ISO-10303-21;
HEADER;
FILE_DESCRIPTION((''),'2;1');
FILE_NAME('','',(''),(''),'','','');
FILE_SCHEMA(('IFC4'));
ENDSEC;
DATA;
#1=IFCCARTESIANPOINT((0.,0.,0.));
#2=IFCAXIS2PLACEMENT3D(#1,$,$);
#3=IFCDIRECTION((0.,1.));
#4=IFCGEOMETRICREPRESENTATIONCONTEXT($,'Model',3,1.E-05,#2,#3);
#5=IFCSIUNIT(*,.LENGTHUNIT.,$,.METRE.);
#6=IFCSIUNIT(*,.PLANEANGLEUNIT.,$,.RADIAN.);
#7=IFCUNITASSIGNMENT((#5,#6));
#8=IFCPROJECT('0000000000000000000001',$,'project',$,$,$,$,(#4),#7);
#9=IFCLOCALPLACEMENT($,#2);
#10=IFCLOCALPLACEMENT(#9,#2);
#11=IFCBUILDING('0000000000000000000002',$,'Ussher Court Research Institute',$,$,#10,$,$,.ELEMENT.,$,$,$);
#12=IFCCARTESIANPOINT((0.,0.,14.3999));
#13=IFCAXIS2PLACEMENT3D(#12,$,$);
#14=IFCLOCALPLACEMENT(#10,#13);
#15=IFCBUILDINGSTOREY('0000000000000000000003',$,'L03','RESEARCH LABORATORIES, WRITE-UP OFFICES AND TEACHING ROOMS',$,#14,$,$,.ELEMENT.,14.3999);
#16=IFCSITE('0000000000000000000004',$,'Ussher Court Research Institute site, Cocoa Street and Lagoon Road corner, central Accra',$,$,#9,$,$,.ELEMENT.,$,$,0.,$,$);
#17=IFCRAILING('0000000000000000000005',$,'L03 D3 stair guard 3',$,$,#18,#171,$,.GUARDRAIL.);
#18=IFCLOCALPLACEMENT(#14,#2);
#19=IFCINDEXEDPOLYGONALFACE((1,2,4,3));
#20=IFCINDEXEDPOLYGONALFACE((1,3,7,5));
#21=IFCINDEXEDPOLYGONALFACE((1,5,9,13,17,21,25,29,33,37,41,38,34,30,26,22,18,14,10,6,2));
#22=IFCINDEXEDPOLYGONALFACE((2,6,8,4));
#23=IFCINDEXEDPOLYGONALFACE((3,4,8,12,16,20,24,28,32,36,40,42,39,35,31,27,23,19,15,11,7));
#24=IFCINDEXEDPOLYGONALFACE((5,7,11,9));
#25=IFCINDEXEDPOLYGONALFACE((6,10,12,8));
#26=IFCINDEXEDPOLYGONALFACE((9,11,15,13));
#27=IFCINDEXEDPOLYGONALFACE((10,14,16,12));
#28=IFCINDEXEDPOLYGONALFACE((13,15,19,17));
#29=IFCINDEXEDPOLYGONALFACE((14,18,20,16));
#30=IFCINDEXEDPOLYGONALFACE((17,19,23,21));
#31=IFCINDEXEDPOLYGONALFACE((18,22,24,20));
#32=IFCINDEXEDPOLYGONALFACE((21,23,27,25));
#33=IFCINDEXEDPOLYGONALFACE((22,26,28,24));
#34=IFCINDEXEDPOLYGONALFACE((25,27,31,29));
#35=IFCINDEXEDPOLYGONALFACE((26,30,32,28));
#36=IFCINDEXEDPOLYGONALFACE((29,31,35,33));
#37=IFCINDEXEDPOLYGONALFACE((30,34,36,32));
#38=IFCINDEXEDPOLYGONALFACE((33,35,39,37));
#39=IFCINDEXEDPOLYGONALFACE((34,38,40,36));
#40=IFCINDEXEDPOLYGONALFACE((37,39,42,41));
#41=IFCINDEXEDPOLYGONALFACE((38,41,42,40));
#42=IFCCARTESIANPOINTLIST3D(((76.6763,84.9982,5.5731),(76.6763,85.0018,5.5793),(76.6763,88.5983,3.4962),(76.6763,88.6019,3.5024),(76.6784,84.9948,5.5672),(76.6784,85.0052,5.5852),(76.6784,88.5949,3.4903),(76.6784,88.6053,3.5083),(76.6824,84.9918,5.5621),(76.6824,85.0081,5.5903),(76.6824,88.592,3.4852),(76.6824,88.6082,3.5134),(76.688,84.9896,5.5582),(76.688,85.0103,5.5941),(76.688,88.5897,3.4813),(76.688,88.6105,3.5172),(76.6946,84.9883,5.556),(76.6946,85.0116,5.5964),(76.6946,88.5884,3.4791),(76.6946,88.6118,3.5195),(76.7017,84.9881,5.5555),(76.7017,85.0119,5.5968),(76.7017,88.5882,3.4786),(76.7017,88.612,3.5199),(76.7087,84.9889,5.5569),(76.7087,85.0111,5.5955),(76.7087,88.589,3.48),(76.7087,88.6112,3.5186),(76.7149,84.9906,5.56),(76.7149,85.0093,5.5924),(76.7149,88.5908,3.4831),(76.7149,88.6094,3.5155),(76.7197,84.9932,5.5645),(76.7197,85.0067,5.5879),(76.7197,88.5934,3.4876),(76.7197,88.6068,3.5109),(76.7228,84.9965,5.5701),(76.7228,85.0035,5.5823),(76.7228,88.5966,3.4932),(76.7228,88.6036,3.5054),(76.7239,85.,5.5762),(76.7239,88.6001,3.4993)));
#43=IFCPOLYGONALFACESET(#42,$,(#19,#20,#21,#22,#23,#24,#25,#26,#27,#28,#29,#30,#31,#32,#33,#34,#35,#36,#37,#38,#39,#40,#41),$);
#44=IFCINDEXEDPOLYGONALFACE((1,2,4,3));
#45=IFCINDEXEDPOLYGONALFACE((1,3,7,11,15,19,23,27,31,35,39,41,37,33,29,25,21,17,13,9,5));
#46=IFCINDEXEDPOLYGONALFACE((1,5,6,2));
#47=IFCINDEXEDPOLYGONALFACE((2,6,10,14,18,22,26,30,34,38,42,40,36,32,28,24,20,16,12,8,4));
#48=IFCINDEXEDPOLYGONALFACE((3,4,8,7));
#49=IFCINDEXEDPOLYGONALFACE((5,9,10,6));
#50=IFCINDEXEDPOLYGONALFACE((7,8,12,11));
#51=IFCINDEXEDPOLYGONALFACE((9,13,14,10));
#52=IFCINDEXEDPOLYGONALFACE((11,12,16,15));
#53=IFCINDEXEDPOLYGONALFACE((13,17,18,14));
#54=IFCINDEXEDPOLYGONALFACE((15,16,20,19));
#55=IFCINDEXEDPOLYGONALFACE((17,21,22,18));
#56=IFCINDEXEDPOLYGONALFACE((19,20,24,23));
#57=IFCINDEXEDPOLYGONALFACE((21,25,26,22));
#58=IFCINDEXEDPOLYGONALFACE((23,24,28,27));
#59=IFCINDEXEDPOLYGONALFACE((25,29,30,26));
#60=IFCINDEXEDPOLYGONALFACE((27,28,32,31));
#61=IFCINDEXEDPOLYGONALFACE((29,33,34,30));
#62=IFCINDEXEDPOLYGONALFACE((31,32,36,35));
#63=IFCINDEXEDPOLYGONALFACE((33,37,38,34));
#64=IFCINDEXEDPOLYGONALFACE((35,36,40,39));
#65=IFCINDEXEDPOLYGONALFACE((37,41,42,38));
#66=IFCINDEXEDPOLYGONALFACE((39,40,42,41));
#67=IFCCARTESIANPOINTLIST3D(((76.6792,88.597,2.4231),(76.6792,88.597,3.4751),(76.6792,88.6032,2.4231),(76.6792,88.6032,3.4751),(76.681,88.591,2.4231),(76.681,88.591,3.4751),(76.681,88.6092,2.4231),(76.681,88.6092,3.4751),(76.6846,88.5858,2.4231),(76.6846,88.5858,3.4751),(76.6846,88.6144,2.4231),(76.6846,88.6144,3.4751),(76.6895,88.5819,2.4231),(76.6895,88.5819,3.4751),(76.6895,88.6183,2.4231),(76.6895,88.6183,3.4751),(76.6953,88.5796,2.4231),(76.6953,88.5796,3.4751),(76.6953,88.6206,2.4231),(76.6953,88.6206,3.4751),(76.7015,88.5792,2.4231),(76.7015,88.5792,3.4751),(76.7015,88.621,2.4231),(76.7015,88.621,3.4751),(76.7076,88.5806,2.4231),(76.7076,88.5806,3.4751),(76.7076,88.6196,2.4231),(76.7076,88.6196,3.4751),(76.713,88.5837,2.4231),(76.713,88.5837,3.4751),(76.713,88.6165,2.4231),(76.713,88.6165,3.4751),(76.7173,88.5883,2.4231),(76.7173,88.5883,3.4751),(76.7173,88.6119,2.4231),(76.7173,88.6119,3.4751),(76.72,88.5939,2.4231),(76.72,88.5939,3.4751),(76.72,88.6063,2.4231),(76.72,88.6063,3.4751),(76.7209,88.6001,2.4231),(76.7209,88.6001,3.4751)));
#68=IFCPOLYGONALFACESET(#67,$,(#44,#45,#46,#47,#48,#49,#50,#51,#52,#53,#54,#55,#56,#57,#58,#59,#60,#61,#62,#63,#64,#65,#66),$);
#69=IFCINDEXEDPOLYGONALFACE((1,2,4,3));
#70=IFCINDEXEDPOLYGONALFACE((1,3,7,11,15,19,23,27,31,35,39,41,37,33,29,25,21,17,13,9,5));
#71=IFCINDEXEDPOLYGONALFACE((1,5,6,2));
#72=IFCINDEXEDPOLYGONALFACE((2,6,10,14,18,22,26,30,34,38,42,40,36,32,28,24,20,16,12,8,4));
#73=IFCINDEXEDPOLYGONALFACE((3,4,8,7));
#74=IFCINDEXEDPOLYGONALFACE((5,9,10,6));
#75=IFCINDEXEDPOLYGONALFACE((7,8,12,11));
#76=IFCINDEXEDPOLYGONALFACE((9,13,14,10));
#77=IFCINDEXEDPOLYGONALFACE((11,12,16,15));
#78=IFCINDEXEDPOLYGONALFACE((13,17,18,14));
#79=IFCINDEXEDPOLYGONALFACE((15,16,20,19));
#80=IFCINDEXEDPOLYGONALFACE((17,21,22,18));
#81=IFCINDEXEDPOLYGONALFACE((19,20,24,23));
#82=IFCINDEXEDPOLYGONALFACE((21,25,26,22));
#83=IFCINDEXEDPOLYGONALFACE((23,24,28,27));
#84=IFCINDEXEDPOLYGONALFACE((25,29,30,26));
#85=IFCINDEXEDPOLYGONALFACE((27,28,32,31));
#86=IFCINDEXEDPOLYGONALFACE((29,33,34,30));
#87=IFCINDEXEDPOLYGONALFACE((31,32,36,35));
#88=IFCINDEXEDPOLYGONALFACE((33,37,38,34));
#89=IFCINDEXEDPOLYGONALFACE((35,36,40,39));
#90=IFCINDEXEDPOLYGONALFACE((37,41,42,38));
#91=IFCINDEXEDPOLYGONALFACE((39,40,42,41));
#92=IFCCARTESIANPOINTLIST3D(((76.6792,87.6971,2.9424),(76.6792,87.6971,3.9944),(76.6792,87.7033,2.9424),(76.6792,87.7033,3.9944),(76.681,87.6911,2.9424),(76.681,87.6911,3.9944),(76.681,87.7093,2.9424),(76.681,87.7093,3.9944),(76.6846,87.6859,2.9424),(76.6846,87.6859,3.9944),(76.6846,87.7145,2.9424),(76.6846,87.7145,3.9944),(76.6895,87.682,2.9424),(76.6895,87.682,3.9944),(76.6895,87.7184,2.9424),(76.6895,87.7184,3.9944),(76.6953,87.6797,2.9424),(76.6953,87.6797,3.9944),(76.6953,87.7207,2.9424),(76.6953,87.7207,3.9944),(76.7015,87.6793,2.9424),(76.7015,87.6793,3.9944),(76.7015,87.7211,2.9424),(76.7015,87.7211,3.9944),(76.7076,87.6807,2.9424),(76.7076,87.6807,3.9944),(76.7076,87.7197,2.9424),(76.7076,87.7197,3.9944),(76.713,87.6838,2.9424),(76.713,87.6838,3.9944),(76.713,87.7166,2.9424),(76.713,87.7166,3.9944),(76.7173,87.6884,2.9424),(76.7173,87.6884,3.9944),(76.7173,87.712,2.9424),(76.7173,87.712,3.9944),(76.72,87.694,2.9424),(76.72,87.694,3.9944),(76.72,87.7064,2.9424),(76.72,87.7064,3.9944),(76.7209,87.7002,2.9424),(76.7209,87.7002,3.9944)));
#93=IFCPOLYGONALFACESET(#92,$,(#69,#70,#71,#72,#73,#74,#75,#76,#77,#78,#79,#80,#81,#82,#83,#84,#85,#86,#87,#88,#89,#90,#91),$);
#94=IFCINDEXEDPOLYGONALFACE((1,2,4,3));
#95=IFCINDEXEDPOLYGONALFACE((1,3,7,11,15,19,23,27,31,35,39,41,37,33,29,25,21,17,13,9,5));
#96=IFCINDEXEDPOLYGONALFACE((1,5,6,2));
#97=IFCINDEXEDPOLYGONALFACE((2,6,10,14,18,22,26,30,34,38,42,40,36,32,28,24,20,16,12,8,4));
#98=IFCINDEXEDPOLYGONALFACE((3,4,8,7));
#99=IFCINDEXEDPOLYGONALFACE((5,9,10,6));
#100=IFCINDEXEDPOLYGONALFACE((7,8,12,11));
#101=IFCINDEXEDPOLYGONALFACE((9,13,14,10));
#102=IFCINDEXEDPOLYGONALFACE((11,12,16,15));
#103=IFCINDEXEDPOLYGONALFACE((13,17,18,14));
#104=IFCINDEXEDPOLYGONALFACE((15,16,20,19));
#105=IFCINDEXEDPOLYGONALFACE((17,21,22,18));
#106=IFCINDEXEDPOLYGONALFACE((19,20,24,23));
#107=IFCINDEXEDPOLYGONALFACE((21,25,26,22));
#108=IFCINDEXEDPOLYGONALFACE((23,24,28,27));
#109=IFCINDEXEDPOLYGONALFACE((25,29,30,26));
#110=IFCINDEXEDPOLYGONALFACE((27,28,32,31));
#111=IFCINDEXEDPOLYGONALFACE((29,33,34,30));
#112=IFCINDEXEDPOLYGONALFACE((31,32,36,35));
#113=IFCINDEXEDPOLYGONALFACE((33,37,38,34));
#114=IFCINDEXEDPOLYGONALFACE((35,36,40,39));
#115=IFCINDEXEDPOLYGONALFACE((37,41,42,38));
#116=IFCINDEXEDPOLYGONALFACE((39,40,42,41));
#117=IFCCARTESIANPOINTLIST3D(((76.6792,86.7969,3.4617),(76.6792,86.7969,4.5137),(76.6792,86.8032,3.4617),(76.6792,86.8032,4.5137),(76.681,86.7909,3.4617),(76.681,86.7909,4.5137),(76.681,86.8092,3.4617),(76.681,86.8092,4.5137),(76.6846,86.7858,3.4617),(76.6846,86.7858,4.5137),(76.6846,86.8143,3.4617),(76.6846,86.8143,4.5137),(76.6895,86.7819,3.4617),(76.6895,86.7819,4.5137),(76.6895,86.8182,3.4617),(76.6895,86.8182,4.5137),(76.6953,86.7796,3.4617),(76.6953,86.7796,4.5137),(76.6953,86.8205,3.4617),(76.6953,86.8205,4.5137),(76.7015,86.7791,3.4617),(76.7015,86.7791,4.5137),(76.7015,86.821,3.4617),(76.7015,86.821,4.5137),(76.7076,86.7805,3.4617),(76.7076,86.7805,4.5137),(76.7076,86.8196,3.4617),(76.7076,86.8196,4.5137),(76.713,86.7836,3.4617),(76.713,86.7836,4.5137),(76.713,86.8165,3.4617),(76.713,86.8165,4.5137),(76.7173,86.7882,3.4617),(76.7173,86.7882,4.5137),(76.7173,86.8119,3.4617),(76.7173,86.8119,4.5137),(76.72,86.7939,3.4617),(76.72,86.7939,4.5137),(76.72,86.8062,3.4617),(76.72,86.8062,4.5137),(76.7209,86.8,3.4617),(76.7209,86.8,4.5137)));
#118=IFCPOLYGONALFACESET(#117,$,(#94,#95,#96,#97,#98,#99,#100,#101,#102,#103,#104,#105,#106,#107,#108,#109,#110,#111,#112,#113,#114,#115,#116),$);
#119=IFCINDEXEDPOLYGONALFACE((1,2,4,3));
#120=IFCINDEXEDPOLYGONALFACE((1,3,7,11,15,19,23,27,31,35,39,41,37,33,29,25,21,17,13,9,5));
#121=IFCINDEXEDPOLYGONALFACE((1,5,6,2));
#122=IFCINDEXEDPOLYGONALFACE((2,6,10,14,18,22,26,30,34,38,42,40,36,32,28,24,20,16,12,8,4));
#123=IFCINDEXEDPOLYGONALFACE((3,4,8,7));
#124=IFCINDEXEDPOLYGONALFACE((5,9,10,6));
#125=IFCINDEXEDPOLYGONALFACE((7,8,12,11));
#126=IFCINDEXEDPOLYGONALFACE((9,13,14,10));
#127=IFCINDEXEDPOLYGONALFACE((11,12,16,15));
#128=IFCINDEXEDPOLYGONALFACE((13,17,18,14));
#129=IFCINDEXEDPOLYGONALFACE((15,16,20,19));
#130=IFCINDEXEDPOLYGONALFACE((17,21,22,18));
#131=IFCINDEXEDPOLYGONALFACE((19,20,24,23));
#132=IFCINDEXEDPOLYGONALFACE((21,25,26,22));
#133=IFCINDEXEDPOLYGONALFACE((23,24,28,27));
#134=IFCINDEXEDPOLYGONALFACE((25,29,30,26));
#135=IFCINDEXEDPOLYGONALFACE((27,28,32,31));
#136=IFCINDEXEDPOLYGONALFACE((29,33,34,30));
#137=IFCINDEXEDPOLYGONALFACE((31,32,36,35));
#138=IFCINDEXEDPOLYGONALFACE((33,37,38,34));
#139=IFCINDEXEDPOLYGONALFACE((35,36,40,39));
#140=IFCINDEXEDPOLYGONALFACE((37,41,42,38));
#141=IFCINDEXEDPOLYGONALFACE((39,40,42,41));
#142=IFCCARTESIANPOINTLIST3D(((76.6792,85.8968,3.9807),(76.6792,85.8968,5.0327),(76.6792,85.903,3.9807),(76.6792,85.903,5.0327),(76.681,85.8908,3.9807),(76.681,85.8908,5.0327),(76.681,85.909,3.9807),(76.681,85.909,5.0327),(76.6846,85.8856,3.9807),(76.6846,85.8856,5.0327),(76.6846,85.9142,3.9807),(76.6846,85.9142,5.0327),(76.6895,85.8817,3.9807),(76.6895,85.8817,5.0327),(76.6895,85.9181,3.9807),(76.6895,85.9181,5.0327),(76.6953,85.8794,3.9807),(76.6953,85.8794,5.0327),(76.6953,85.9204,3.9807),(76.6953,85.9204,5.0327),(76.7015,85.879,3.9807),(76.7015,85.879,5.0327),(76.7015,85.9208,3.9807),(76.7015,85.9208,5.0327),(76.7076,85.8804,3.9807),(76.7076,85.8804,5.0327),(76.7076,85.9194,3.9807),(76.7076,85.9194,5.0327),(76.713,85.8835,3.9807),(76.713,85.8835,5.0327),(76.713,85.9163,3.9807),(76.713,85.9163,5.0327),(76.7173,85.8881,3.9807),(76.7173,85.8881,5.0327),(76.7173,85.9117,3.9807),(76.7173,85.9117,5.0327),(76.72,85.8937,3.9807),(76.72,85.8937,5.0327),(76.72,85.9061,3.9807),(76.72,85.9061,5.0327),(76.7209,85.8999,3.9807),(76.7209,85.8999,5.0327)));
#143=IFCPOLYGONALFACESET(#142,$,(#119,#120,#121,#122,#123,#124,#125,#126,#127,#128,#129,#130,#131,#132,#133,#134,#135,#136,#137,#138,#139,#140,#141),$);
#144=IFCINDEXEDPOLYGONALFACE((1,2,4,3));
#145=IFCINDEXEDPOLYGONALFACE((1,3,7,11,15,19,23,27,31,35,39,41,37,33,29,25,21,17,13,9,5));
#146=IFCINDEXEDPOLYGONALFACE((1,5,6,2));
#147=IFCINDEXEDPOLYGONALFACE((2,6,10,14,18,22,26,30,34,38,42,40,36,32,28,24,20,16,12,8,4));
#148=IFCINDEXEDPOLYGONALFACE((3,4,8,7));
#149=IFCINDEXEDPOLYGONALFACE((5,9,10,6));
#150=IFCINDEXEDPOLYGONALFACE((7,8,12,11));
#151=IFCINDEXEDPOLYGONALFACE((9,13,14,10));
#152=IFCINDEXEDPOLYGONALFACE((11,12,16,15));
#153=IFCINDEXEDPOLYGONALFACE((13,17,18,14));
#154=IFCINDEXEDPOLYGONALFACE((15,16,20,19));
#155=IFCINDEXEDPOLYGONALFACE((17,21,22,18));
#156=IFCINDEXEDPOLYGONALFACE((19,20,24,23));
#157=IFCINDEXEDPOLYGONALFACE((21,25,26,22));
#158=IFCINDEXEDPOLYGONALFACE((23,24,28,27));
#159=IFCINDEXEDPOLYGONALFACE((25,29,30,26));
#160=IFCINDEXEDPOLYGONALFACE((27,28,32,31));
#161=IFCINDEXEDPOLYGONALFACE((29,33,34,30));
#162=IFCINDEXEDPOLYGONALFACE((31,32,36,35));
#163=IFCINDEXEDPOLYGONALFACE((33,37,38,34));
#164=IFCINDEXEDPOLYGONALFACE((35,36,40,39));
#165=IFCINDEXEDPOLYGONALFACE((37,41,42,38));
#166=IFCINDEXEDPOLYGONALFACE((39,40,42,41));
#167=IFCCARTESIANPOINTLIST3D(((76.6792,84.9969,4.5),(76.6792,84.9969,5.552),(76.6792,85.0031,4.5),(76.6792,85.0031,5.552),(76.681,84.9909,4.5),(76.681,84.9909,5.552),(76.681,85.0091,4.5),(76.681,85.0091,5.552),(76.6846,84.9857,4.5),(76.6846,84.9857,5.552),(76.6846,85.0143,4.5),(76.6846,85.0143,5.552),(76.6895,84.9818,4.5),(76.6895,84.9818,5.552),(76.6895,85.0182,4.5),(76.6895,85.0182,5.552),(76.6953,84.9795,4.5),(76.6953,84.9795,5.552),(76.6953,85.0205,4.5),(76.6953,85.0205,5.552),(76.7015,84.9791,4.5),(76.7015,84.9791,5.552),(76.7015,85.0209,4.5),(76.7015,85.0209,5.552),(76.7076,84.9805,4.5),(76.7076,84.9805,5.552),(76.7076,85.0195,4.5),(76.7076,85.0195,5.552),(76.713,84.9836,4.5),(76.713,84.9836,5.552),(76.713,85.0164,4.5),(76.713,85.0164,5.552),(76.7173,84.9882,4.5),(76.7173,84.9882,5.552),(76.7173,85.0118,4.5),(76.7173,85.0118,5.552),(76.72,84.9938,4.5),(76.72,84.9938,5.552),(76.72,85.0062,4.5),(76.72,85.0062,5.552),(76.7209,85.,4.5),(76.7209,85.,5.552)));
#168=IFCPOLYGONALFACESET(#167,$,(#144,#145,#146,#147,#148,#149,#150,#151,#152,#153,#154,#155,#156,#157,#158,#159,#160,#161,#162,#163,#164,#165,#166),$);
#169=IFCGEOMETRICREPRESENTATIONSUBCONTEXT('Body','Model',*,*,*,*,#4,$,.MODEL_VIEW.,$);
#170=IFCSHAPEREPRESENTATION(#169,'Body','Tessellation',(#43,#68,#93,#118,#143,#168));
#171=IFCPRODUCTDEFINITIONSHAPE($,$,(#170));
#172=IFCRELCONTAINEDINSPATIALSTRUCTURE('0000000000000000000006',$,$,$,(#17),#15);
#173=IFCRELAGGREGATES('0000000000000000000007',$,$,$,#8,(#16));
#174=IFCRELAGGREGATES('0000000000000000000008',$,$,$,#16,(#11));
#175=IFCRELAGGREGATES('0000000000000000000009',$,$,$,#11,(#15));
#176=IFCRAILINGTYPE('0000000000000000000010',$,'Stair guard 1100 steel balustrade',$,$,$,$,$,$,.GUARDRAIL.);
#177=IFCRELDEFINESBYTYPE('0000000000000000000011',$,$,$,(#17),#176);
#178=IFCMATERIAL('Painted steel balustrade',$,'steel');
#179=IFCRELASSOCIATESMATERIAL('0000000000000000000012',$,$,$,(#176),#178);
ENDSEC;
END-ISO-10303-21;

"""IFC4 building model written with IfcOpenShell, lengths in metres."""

from ifc_helpers import new_model, si_unit, direction, frame, origin, origin_2d, place, context, subcontext, project, spatial, circle, extrude, material, type_object, element, save


model = new_model("IFC4")

# Units and contexts
model_context = context("Model", 3, precision=1e-05, world=origin(), true_north=direction((0.0, 1.0)))
body_context = subcontext(model_context, "Body", "Model", "MODEL_VIEW")
ifc_project = project(units=[si_unit("LENGTHUNIT", "METRE"), si_unit("PLANEANGLEUNIT", "RADIAN")], contexts=[model_context])

# Site, building, storey
site_placement = place(None, origin())
site = spatial("IfcSite", under=ifc_project, at=site_placement, Name="Ussher Court Research Institute site, Cocoa Street and Lagoon Road corner, central Accra", CompositionType="ELEMENT", RefElevation=0.0)
building_placement = place(site_placement, origin())
building = spatial("IfcBuilding", under=site, at=building_placement, Name="Ussher Court Research Institute", CompositionType="ELEMENT")
storey_placement = place(building_placement, frame((0.0, 0.0, 14.3999)))
storey = spatial("IfcBuildingStorey", under=building, at=storey_placement, Name="L03", Description="RESEARCH LABORATORIES, WRITE-UP OFFICES AND TEACHING ROOMS", CompositionType="ELEMENT", Elevation=14.3999)

# Railing
ifc_material_1 = material(Name="Painted steel balustrade", Category="steel")
railing_type_1 = type_object("IfcRailingType", Name="Stair guard 1100 steel balustrade", PredefinedType="GUARDRAIL", material=ifc_material_1)
railing_1_placement = place(storey_placement, frame((76.7, 88.6001, 2.4231)))
element("IfcRailing", 1, at=railing_1_placement, inside=storey, type_object=railing_type_1, Name="L03 D3 stair guard 3", PredefinedType="GUARDRAIL", context=body_context, shape_type="SweptSolid", body=[
    extrude(circle(Radius=0.0239, at=origin_2d()), frame((0.0, 0.0, 1.0762), z_axis=(0.0, -0.866193, 0.499709), x_axis=(1.0, 0.0, 0.0)), (0.0, 0.0, 1.0), 4.1562),
    extrude(circle(Radius=0.021, at=origin_2d()), origin(), (0.0, 0.0, 1.0), 1.052),
    extrude(circle(Radius=0.021, at=origin_2d()), frame((0.0, -0.8999, 0.5193)), (0.0, 0.0, 1.0), 1.052),
    extrude(circle(Radius=0.021, at=origin_2d()), frame((0.0, -1.8, 1.0386)), (0.0, 0.0, 1.0), 1.052),
    extrude(circle(Radius=0.021, at=origin_2d()), frame((0.0, -2.7002, 1.5576)), (0.0, 0.0, 1.0), 1.052),
    extrude(circle(Radius=0.021, at=origin_2d()), frame((0.0, -3.6001, 2.0769)), (0.0, 0.0, 1.0), 1.052),
])

save(model, "model.ifc")
